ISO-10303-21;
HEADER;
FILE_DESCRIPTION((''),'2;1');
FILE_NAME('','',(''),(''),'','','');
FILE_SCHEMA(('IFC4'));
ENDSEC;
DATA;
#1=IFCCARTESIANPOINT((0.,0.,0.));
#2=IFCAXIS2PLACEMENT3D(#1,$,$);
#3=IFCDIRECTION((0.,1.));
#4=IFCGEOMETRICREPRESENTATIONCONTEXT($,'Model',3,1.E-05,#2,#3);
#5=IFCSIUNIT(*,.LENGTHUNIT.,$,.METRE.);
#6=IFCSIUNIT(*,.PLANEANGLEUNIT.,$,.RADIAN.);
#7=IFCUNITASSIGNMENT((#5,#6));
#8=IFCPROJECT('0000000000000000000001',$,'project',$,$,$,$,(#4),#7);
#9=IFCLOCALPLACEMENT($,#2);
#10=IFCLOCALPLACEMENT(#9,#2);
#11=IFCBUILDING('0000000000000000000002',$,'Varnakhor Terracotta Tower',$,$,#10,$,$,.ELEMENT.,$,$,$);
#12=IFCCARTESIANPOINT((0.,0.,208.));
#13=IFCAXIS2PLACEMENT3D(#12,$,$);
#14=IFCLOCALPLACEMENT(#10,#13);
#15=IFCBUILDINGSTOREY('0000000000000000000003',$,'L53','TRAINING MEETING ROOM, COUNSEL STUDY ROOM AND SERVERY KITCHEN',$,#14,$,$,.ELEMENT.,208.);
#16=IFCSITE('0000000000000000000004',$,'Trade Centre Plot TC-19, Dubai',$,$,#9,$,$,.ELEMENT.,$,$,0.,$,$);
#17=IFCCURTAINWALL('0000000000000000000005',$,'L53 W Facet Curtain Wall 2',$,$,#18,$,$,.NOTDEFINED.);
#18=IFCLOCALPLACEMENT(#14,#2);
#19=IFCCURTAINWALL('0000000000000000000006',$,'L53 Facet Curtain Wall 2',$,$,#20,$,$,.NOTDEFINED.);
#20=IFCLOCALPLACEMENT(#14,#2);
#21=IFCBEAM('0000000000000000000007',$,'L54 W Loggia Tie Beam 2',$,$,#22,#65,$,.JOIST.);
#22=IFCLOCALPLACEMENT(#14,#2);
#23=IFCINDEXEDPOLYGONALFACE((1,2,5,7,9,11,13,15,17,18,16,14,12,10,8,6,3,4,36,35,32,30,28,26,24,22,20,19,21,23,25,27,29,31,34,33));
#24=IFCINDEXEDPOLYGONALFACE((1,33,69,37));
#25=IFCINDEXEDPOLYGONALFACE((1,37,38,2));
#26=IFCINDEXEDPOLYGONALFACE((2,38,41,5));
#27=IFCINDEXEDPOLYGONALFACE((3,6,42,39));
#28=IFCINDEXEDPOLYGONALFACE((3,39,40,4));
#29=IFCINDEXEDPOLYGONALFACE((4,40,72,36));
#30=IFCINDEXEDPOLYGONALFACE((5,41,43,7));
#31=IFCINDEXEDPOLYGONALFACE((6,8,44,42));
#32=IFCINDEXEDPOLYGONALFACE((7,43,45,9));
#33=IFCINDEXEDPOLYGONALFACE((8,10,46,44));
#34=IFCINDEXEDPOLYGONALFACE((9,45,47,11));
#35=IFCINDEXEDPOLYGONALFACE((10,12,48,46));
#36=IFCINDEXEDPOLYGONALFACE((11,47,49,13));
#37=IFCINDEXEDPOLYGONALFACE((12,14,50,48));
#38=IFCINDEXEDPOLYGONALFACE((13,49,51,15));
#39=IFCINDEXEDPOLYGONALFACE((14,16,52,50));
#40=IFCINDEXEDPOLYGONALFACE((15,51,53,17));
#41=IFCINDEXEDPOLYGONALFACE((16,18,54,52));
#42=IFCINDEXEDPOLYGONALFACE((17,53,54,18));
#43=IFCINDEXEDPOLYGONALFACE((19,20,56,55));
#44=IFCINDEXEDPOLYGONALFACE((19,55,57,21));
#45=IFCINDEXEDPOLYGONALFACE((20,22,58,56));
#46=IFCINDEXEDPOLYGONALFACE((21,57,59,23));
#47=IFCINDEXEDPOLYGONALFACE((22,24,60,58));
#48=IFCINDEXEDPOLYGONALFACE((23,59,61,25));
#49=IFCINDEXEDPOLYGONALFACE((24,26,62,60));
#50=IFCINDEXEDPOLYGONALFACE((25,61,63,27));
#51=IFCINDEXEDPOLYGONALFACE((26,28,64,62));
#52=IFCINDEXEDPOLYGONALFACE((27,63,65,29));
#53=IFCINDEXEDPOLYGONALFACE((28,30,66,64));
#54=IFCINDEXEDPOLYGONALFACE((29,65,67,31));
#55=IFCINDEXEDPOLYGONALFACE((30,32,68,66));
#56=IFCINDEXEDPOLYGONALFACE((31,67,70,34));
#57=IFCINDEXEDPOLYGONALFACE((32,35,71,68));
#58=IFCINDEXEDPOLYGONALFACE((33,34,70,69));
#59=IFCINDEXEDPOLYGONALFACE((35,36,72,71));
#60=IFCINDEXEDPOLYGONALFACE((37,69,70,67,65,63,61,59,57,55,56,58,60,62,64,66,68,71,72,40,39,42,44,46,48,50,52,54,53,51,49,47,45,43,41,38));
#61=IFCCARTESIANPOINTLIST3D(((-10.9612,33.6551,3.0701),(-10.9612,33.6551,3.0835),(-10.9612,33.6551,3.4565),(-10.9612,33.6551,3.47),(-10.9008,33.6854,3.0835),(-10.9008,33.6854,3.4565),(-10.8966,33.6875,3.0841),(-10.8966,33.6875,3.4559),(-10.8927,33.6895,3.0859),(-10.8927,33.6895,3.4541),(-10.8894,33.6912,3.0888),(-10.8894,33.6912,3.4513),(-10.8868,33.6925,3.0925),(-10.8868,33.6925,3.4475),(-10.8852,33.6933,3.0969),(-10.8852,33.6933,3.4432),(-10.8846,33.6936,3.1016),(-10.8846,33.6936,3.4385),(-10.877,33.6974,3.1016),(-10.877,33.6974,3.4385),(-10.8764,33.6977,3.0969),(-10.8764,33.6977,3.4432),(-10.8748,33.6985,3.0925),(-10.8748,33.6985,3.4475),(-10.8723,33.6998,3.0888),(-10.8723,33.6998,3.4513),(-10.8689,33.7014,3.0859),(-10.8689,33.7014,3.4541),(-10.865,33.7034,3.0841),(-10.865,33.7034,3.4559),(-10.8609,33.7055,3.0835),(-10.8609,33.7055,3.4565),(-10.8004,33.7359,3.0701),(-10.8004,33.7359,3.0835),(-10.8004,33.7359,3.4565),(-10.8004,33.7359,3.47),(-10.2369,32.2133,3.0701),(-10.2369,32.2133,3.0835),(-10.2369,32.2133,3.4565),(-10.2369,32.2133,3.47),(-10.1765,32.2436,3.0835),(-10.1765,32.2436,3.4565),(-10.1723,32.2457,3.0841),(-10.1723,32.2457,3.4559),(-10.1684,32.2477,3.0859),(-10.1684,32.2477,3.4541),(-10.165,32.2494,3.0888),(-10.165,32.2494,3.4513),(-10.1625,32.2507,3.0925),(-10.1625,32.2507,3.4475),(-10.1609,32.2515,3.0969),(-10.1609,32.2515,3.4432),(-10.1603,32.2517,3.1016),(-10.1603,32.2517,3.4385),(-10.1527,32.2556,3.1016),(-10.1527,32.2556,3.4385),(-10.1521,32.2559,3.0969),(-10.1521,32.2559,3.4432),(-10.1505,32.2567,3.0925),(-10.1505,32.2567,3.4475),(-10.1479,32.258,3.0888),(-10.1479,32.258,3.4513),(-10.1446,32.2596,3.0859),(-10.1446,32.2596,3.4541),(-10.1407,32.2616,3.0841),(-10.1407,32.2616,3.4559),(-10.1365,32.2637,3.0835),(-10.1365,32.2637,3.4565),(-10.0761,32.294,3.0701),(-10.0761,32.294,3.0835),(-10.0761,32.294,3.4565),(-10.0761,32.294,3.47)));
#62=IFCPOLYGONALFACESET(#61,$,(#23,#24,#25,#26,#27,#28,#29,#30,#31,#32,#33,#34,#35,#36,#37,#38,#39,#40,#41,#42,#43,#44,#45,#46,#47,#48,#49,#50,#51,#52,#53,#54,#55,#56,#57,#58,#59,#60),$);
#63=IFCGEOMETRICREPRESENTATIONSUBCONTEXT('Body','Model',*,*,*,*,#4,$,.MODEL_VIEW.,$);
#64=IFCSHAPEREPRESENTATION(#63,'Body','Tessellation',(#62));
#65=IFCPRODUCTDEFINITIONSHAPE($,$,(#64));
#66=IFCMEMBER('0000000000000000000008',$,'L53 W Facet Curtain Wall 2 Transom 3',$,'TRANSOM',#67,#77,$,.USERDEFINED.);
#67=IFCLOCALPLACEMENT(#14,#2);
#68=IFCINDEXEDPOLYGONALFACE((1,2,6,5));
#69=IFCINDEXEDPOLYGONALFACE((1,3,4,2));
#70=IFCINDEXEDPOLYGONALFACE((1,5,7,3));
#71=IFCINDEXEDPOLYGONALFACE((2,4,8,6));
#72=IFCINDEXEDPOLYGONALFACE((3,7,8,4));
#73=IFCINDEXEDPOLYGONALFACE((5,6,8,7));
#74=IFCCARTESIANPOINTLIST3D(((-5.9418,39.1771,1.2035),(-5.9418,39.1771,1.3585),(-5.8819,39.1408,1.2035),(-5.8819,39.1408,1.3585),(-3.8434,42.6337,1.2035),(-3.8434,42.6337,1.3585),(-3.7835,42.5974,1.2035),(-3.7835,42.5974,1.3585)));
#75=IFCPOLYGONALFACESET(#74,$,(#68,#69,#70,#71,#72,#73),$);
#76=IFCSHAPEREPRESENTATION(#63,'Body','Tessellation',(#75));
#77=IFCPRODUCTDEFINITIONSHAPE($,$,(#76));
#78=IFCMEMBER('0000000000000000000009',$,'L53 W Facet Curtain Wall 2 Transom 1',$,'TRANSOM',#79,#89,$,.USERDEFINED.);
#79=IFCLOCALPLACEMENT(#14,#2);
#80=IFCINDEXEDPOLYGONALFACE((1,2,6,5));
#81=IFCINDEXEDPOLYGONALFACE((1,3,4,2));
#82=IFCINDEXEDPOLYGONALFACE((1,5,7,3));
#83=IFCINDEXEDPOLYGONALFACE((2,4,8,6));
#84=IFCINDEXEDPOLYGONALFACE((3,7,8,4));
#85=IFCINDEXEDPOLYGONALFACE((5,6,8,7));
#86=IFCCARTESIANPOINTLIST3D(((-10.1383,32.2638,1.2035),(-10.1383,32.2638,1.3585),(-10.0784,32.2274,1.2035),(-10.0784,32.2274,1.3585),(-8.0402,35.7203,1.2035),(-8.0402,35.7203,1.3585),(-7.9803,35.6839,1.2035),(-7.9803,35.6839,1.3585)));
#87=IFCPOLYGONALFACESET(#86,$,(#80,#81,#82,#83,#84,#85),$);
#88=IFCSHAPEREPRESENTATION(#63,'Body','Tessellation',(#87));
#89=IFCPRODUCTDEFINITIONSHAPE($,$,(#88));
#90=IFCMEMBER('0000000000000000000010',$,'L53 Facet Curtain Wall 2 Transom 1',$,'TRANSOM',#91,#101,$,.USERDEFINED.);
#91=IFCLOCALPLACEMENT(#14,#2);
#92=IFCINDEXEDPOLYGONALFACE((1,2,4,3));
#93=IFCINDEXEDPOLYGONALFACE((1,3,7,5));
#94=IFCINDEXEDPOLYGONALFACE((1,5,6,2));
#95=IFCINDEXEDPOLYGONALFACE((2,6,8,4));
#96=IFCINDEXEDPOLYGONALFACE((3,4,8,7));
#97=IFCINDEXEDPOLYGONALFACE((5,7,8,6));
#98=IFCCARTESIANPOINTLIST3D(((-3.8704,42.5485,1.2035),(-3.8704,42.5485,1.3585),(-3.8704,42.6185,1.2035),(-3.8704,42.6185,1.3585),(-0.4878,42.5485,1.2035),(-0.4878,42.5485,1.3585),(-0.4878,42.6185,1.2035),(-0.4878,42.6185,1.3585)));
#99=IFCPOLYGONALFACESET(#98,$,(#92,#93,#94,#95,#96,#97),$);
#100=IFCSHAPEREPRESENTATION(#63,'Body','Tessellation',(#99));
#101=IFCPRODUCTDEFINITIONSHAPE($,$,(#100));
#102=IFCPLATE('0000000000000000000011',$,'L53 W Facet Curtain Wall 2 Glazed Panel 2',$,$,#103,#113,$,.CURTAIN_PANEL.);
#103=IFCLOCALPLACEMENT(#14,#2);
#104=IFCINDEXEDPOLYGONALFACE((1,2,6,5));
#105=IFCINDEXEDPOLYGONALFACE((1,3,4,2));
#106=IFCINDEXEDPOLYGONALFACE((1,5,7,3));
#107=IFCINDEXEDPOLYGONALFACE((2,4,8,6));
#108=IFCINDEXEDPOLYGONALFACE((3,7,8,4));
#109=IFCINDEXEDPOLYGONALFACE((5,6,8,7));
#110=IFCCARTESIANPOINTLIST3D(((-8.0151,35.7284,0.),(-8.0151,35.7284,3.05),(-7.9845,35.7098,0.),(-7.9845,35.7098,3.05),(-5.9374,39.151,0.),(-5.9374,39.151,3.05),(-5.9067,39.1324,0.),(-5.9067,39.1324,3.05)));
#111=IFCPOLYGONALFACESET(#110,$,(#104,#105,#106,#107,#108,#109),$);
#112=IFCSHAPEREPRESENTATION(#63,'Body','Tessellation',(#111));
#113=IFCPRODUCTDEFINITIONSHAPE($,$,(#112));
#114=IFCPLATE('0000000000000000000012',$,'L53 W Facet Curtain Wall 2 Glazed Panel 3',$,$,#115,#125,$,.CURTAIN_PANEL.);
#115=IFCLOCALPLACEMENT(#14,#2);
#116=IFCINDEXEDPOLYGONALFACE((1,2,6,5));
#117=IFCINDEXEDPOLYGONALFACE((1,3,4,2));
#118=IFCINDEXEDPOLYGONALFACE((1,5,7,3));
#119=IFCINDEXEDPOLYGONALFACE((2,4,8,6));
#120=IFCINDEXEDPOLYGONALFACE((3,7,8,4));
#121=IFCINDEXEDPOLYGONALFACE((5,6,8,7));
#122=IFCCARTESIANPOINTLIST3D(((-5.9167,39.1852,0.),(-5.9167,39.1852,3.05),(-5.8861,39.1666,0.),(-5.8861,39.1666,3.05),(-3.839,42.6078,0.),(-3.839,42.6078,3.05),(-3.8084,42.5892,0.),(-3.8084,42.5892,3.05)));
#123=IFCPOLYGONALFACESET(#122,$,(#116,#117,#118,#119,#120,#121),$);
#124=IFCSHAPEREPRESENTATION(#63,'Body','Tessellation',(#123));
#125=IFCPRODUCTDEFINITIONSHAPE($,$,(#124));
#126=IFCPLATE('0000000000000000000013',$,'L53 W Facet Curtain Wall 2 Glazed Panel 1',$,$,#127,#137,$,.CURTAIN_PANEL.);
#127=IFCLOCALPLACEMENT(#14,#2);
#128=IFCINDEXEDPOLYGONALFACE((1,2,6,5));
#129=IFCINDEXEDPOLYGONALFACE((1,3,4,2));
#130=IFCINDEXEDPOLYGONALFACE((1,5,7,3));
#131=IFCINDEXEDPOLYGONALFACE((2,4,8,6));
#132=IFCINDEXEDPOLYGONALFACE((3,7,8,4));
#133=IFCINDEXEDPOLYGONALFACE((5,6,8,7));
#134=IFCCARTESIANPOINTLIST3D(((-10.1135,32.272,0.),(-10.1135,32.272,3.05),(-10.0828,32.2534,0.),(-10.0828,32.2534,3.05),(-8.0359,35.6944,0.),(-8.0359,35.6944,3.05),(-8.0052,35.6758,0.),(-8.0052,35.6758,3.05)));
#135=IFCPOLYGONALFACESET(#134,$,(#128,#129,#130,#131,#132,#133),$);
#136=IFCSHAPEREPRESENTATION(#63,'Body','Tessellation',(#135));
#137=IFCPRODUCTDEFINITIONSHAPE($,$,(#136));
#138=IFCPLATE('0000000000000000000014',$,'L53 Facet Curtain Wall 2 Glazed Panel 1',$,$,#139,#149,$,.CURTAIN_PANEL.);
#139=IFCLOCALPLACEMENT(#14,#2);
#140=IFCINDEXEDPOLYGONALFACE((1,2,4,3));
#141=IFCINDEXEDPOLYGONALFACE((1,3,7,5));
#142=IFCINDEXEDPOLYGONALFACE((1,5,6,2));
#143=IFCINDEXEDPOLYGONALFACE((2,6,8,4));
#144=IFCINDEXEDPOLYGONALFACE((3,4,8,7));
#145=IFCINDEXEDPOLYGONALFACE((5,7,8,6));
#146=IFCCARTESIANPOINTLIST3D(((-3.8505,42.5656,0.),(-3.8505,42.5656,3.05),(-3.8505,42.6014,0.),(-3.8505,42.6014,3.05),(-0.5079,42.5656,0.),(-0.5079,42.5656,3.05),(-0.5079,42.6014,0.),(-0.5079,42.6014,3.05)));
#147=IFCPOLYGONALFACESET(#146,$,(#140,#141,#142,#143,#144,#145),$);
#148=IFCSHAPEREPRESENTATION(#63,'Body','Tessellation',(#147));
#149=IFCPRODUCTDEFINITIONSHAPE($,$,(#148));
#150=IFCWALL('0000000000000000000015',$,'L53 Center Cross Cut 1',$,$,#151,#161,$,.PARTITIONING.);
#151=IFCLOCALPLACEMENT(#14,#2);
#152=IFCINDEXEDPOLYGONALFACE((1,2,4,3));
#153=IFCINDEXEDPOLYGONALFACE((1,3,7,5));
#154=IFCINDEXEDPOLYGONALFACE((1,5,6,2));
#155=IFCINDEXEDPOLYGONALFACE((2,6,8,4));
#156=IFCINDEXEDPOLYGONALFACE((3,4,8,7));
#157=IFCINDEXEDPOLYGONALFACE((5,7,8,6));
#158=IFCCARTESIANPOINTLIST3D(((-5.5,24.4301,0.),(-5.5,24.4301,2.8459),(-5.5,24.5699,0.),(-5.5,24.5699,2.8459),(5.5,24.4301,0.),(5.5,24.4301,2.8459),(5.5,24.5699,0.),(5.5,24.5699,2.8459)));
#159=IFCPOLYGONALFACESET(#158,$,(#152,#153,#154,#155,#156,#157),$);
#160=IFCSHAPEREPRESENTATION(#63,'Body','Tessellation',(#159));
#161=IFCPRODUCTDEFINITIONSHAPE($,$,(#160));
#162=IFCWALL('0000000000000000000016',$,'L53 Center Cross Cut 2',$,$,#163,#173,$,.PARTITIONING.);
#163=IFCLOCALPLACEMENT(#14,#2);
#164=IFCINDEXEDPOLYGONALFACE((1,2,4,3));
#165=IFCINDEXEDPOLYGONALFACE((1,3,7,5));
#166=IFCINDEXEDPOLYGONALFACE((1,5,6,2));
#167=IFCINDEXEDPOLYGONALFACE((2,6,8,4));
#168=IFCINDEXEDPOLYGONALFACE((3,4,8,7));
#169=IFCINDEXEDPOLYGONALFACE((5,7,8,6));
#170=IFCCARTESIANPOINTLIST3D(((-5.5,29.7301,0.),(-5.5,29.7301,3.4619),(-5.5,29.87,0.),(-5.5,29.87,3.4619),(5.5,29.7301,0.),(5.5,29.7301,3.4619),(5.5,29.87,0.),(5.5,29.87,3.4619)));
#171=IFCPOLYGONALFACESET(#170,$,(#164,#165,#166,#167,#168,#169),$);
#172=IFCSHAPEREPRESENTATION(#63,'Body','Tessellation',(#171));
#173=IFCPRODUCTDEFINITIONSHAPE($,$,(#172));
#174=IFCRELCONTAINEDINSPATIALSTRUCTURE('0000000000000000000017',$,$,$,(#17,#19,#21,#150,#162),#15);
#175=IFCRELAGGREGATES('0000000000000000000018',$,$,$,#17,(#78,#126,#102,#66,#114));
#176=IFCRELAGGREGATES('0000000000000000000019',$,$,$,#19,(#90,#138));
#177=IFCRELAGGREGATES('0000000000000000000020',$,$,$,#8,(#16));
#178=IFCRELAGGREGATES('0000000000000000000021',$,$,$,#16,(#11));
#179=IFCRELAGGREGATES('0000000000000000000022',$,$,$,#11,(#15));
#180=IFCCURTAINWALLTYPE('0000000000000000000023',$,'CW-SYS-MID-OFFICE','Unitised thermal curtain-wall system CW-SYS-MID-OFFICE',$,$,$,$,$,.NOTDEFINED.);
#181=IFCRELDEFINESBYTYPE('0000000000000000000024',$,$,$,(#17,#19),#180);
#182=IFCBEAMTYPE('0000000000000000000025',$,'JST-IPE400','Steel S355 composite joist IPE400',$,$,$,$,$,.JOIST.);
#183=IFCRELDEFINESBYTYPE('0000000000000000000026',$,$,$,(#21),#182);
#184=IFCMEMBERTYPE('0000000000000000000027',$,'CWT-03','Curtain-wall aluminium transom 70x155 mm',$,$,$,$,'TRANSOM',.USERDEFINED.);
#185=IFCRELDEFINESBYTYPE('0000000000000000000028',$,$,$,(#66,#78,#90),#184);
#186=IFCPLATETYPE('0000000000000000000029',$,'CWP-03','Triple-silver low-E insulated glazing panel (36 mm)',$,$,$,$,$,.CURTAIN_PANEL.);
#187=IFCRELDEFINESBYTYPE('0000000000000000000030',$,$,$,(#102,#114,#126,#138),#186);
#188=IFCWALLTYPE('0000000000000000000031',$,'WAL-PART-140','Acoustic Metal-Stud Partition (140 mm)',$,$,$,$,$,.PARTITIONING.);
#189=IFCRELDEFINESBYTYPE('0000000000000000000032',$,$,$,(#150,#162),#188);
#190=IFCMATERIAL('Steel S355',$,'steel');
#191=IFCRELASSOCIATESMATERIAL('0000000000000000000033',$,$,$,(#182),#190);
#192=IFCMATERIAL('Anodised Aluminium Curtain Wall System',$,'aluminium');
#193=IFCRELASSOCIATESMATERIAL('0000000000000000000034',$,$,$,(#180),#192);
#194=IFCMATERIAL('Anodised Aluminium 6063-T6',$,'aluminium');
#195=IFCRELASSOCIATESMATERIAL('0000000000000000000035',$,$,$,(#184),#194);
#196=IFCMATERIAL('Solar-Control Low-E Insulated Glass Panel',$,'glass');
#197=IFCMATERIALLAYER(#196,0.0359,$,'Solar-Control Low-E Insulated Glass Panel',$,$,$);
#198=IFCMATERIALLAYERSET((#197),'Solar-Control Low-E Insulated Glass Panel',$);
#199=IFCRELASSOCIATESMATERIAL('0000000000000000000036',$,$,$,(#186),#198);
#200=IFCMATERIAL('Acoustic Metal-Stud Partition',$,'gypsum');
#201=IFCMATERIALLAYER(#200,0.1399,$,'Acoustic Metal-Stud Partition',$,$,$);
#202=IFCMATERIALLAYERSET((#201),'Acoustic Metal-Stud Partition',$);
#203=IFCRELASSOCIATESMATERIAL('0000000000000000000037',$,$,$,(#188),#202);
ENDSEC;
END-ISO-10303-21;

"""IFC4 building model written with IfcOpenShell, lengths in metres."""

from ifc_helpers import new_model, si_unit, direction, frame, frame_2d, origin, origin_2d, place, context, subcontext, project, spatial, rectangle, i_section, extrude, source, transform, mapped, material, layer, layer_set, material_profile, profile_set, type_object, element, aggregate, save


model = new_model("IFC4")

# Units and contexts
model_context = context("Model", 3, precision=1e-05, world=origin(), true_north=direction((0.0, 1.0)))
body_context = subcontext(model_context, "Body", "Model", "MODEL_VIEW")
ifc_project = project(units=[si_unit("LENGTHUNIT", "METRE"), si_unit("PLANEANGLEUNIT", "RADIAN")], contexts=[model_context])

# Site, building, storey
site_placement = place(None, origin())
site = spatial("IfcSite", under=ifc_project, at=site_placement, Name="Trade Centre Plot TC-19, Dubai", CompositionType="ELEMENT", RefElevation=0.0)
building_placement = place(site_placement, origin())
building = spatial("IfcBuilding", under=site, at=building_placement, Name="Varnakhor Terracotta Tower", CompositionType="ELEMENT")
storey_placement = place(building_placement, frame((0.0, 0.0, 208.0)))
storey = spatial("IfcBuildingStorey", under=building, at=storey_placement, Name="L53", Description="TRAINING MEETING ROOM, COUNSEL STUDY ROOM AND SERVERY KITCHEN", CompositionType="ELEMENT", Elevation=208.0)

# Shared definitions
ifc_material_1 = material(Name="Steel S355", Category="steel")
ifc_material_profile_1 = material_profile(ifc_material_1, i_section(OverallWidth=0.1799, OverallDepth=0.3999, WebThickness=0.0085, FlangeThickness=0.0134, FilletRadius=0.0181, at=origin_2d()), Name="IPE400")
ifc_profile_set_1 = profile_set([ifc_material_profile_1], Name="Steel S355")
beam_type_1 = type_object("IfcBeamType", Name="JST-IPE400", Description="Steel S355 composite joist IPE400", PredefinedType="JOIST", material=ifc_profile_set_1)

# Curtain wall
ifc_material_2 = material(Name="Anodised Aluminium Curtain Wall System", Category="aluminium")
curtain_wall_type = type_object("IfcCurtainWallType", Name="CW-SYS-MID-OFFICE", Description="Unitised thermal curtain-wall system CW-SYS-MID-OFFICE", PredefinedType="NOTDEFINED", material=ifc_material_2)
curtain_wall_1_placement = place(storey_placement, origin())
curtain_wall_1 = element("IfcCurtainWall", 1, at=curtain_wall_1_placement, inside=storey, type_object=curtain_wall_type, Name="L53 W Facet Curtain Wall 2", PredefinedType="NOTDEFINED")
ifc_material_3 = material(Name="Anodised Aluminium 6063-T6", Category="aluminium")

# Curtain wall
curtain_wall_2_placement = place(storey_placement, origin())
curtain_wall_2 = element("IfcCurtainWall", 2, at=curtain_wall_2_placement, inside=storey, type_object=curtain_wall_type, Name="L53 Facet Curtain Wall 2", PredefinedType="NOTDEFINED")

# Shared definitions
ifc_material_profile_2 = material_profile(ifc_material_3, rectangle(XDim=0.0701, YDim=0.155, at=origin_2d()), Name="ALU TRANSOM 70x155")
ifc_profile_set_2 = profile_set([ifc_material_profile_2], Name="Anodised Aluminium 6063-T6")
member_type_1 = type_object("IfcMemberType", Name="CWT-03", Description="Curtain-wall aluminium transom 70x155 mm", ElementType="TRANSOM", PredefinedType="USERDEFINED", material=ifc_profile_set_2)

# Beam
shared_shape_1 = source(origin(), body_context, "Body", "SweptSolid", [
    extrude(i_section(OverallWidth=0.1799, OverallDepth=0.3999, WebThickness=0.0085, FlangeThickness=0.0134, FilletRadius=0.0181, at=origin_2d()), origin(), (0.0, 0.0, 1.0), 1.6135),
])
beam_1_placement = place(storey_placement, frame((-10.1565, 32.2537, 3.27), z_axis=(-0.448907, 0.893578, 0.0), x_axis=(-0.893578, -0.448907, 0.0)))
element("IfcBeam", 3, at=beam_1_placement, inside=storey, type_object=beam_type_1, Name="L54 W Loggia Tie Beam 2", PredefinedType="JOIST", context=body_context, shape_type="MappedRepresentation", body=[
    mapped(shared_shape_1, transform((0.0, 0.0, 0.0), scale=1.0)),
])

# Members
shared_shape_2 = source(origin(), body_context, "Body", "SweptSolid", [
    extrude(rectangle(XDim=0.0701, YDim=0.155, at=origin_2d()), origin(), (0.0, 0.0, 1.0), 4.0437),
])
member_1_placement = place(storey_placement, frame((-5.9119, 39.1589, 1.281), z_axis=(0.518937, 0.854812, 0.0), x_axis=(-0.854812, 0.518937, 0.0)))
member_1 = element("IfcMember", 4, at=member_1_placement, type_object=member_type_1, Name="L53 W Facet Curtain Wall 2 Transom 3", ObjectType="TRANSOM", PredefinedType="USERDEFINED", context=body_context, shape_type="MappedRepresentation", body=[
    mapped(shared_shape_2, transform((0.0, 0.0, 0.0), scale=1.0)),
])
shared_shape_3 = source(origin(), body_context, "Body", "SweptSolid", [
    extrude(rectangle(XDim=0.0701, YDim=0.155, at=origin_2d()), origin(), (0.0, 0.0, 1.0), 4.0435),
])
member_2_placement = place(storey_placement, frame((-10.1084, 32.2456, 1.281), z_axis=(0.518893, 0.854839, 0.0), x_axis=(-0.854839, 0.518893, 0.0)))
member_2 = element("IfcMember", 5, at=member_2_placement, type_object=member_type_1, Name="L53 W Facet Curtain Wall 2 Transom 1", ObjectType="TRANSOM", PredefinedType="USERDEFINED", context=body_context, shape_type="MappedRepresentation", body=[
    mapped(shared_shape_3, transform((0.0, 0.0, 0.0), scale=1.0)),
])
shared_shape_4 = source(origin(), body_context, "Body", "SweptSolid", [
    extrude(rectangle(XDim=0.0701, YDim=0.155, at=origin_2d()), origin(), (0.0, 0.0, 1.0), 3.3826),
])
member_3_placement = place(storey_placement, frame((-3.8704, 42.5835, 1.281), z_axis=(1.0, 0.0, 0.0), x_axis=(0.0, 1.0, 0.0)))
member_3 = element("IfcMember", 6, at=member_3_placement, type_object=member_type_1, Name="L53 Facet Curtain Wall 2 Transom 1", ObjectType="TRANSOM", PredefinedType="USERDEFINED", context=body_context, shape_type="MappedRepresentation", body=[
    mapped(shared_shape_4, transform((0.0, 0.0, 0.0), scale=1.0)),
])

# Plates
ifc_material_4 = material(Name="Solar-Control Low-E Insulated Glass Panel", Category="glass")
ifc_layer_1 = layer(ifc_material_4, 0.0359, Name="Solar-Control Low-E Insulated Glass Panel")
ifc_layer_set_1 = layer_set([ifc_layer_1], Name="Solar-Control Low-E Insulated Glass Panel")
plate_type = type_object("IfcPlateType", Name="CWP-03", Description="Triple-silver low-E insulated glazing panel (36 mm)", PredefinedType="CURTAIN_PANEL", material=ifc_layer_set_1)
shared_shape_5 = source(origin(), body_context, "Body", "SweptSolid", [
    extrude(rectangle(XDim=4.0039, YDim=0.0359, at=origin_2d()), origin(), (0.0, 0.0, 1.0), 3.05),
])
plate_1_placement = place(storey_placement, frame((-6.9609, 37.4304, 0.0), z_axis=(0.0, 0.0, 1.0), x_axis=(0.518922, 0.854821, 0.0)))
plate_1 = element("IfcPlate", 7, at=plate_1_placement, type_object=plate_type, Name="L53 W Facet Curtain Wall 2 Glazed Panel 2", PredefinedType="CURTAIN_PANEL", context=body_context, shape_type="MappedRepresentation", body=[
    mapped(shared_shape_5, transform((0.0, 0.0, 0.0), scale=1.0)),
])
plate_2_placement = place(storey_placement, frame((-4.8625, 40.8872, 0.0), z_axis=(0.0, 0.0, 1.0), x_axis=(0.518922, 0.854821, 0.0)))
plate_2 = element("IfcPlate", 8, at=plate_2_placement, type_object=plate_type, Name="L53 W Facet Curtain Wall 2 Glazed Panel 3", PredefinedType="CURTAIN_PANEL", context=body_context, shape_type="MappedRepresentation", body=[
    mapped(shared_shape_5, transform((0.0, 0.0, 0.0), scale=1.0)),
])
shared_shape_6 = source(origin(), body_context, "Body", "SweptSolid", [
    extrude(rectangle(XDim=4.0037, YDim=0.0359, at=origin_2d()), origin(), (0.0, 0.0, 1.0), 3.05),
])
plate_3_placement = place(storey_placement, frame((-9.0593, 33.9739, 0.0), z_axis=(0.0, 0.0, 1.0), x_axis=(0.518922, 0.854821, 0.0)))
plate_3 = element("IfcPlate", 9, at=plate_3_placement, type_object=plate_type, Name="L53 W Facet Curtain Wall 2 Glazed Panel 1", PredefinedType="CURTAIN_PANEL", context=body_context, shape_type="MappedRepresentation", body=[
    mapped(shared_shape_6, transform((0.0, 0.0, 0.0), scale=1.0)),
])
aggregate(curtain_wall_1, [member_2, plate_3, plate_1, member_1, plate_2])
shared_shape_7 = source(origin(), body_context, "Body", "SweptSolid", [
    extrude(rectangle(XDim=3.3425, YDim=0.0359, at=origin_2d()), origin(), (0.0, 0.0, 1.0), 3.05),
])
plate_4_placement = place(storey_placement, frame((-2.1792, 42.5835, 0.0), z_axis=(0.0, 0.0, 1.0), x_axis=(1.0, 0.0, 0.0)))
plate_4 = element("IfcPlate", 10, at=plate_4_placement, type_object=plate_type, Name="L53 Facet Curtain Wall 2 Glazed Panel 1", PredefinedType="CURTAIN_PANEL", context=body_context, shape_type="MappedRepresentation", body=[
    mapped(shared_shape_7, transform((0.0, 0.0, 0.0), scale=1.0)),
])
aggregate(curtain_wall_2, [member_3, plate_4])

# Walls
ifc_material_5 = material(Name="Acoustic Metal-Stud Partition", Category="gypsum")
ifc_layer_2 = layer(ifc_material_5, 0.1399, Name="Acoustic Metal-Stud Partition")
ifc_layer_set_2 = layer_set([ifc_layer_2], Name="Acoustic Metal-Stud Partition")
wall_type = type_object("IfcWallType", Name="WAL-PART-140", Description="Acoustic Metal-Stud Partition (140 mm)", PredefinedType="PARTITIONING", material=ifc_layer_set_2)
wall_1_placement = place(storey_placement, frame((-5.5, 24.5, 0.0), z_axis=(0.0, 0.0, 1.0), x_axis=(1.0, 0.0, 0.0)))
element("IfcWall", 11, at=wall_1_placement, inside=storey, type_object=wall_type, Name="L53 Center Cross Cut 1", PredefinedType="PARTITIONING", context=body_context, shape_type="SweptSolid", body=[
    extrude(rectangle(XDim=11.0, YDim=0.1399, at=frame_2d((5.5, 0.0))), origin(), (0.0, 0.0, 1.0), 2.8459),
])
wall_2_placement = place(storey_placement, frame((-5.5, 29.8, 0.0), z_axis=(0.0, 0.0, 1.0), x_axis=(1.0, 0.0, 0.0)))
element("IfcWall", 12, at=wall_2_placement, inside=storey, type_object=wall_type, Name="L53 Center Cross Cut 2", PredefinedType="PARTITIONING", context=body_context, shape_type="SweptSolid", body=[
    extrude(rectangle(XDim=11.0, YDim=0.1399, at=frame_2d((5.5, 0.0))), origin(), (0.0, 0.0, 1.0), 3.4619),
])

save(model, "model.ifc")
